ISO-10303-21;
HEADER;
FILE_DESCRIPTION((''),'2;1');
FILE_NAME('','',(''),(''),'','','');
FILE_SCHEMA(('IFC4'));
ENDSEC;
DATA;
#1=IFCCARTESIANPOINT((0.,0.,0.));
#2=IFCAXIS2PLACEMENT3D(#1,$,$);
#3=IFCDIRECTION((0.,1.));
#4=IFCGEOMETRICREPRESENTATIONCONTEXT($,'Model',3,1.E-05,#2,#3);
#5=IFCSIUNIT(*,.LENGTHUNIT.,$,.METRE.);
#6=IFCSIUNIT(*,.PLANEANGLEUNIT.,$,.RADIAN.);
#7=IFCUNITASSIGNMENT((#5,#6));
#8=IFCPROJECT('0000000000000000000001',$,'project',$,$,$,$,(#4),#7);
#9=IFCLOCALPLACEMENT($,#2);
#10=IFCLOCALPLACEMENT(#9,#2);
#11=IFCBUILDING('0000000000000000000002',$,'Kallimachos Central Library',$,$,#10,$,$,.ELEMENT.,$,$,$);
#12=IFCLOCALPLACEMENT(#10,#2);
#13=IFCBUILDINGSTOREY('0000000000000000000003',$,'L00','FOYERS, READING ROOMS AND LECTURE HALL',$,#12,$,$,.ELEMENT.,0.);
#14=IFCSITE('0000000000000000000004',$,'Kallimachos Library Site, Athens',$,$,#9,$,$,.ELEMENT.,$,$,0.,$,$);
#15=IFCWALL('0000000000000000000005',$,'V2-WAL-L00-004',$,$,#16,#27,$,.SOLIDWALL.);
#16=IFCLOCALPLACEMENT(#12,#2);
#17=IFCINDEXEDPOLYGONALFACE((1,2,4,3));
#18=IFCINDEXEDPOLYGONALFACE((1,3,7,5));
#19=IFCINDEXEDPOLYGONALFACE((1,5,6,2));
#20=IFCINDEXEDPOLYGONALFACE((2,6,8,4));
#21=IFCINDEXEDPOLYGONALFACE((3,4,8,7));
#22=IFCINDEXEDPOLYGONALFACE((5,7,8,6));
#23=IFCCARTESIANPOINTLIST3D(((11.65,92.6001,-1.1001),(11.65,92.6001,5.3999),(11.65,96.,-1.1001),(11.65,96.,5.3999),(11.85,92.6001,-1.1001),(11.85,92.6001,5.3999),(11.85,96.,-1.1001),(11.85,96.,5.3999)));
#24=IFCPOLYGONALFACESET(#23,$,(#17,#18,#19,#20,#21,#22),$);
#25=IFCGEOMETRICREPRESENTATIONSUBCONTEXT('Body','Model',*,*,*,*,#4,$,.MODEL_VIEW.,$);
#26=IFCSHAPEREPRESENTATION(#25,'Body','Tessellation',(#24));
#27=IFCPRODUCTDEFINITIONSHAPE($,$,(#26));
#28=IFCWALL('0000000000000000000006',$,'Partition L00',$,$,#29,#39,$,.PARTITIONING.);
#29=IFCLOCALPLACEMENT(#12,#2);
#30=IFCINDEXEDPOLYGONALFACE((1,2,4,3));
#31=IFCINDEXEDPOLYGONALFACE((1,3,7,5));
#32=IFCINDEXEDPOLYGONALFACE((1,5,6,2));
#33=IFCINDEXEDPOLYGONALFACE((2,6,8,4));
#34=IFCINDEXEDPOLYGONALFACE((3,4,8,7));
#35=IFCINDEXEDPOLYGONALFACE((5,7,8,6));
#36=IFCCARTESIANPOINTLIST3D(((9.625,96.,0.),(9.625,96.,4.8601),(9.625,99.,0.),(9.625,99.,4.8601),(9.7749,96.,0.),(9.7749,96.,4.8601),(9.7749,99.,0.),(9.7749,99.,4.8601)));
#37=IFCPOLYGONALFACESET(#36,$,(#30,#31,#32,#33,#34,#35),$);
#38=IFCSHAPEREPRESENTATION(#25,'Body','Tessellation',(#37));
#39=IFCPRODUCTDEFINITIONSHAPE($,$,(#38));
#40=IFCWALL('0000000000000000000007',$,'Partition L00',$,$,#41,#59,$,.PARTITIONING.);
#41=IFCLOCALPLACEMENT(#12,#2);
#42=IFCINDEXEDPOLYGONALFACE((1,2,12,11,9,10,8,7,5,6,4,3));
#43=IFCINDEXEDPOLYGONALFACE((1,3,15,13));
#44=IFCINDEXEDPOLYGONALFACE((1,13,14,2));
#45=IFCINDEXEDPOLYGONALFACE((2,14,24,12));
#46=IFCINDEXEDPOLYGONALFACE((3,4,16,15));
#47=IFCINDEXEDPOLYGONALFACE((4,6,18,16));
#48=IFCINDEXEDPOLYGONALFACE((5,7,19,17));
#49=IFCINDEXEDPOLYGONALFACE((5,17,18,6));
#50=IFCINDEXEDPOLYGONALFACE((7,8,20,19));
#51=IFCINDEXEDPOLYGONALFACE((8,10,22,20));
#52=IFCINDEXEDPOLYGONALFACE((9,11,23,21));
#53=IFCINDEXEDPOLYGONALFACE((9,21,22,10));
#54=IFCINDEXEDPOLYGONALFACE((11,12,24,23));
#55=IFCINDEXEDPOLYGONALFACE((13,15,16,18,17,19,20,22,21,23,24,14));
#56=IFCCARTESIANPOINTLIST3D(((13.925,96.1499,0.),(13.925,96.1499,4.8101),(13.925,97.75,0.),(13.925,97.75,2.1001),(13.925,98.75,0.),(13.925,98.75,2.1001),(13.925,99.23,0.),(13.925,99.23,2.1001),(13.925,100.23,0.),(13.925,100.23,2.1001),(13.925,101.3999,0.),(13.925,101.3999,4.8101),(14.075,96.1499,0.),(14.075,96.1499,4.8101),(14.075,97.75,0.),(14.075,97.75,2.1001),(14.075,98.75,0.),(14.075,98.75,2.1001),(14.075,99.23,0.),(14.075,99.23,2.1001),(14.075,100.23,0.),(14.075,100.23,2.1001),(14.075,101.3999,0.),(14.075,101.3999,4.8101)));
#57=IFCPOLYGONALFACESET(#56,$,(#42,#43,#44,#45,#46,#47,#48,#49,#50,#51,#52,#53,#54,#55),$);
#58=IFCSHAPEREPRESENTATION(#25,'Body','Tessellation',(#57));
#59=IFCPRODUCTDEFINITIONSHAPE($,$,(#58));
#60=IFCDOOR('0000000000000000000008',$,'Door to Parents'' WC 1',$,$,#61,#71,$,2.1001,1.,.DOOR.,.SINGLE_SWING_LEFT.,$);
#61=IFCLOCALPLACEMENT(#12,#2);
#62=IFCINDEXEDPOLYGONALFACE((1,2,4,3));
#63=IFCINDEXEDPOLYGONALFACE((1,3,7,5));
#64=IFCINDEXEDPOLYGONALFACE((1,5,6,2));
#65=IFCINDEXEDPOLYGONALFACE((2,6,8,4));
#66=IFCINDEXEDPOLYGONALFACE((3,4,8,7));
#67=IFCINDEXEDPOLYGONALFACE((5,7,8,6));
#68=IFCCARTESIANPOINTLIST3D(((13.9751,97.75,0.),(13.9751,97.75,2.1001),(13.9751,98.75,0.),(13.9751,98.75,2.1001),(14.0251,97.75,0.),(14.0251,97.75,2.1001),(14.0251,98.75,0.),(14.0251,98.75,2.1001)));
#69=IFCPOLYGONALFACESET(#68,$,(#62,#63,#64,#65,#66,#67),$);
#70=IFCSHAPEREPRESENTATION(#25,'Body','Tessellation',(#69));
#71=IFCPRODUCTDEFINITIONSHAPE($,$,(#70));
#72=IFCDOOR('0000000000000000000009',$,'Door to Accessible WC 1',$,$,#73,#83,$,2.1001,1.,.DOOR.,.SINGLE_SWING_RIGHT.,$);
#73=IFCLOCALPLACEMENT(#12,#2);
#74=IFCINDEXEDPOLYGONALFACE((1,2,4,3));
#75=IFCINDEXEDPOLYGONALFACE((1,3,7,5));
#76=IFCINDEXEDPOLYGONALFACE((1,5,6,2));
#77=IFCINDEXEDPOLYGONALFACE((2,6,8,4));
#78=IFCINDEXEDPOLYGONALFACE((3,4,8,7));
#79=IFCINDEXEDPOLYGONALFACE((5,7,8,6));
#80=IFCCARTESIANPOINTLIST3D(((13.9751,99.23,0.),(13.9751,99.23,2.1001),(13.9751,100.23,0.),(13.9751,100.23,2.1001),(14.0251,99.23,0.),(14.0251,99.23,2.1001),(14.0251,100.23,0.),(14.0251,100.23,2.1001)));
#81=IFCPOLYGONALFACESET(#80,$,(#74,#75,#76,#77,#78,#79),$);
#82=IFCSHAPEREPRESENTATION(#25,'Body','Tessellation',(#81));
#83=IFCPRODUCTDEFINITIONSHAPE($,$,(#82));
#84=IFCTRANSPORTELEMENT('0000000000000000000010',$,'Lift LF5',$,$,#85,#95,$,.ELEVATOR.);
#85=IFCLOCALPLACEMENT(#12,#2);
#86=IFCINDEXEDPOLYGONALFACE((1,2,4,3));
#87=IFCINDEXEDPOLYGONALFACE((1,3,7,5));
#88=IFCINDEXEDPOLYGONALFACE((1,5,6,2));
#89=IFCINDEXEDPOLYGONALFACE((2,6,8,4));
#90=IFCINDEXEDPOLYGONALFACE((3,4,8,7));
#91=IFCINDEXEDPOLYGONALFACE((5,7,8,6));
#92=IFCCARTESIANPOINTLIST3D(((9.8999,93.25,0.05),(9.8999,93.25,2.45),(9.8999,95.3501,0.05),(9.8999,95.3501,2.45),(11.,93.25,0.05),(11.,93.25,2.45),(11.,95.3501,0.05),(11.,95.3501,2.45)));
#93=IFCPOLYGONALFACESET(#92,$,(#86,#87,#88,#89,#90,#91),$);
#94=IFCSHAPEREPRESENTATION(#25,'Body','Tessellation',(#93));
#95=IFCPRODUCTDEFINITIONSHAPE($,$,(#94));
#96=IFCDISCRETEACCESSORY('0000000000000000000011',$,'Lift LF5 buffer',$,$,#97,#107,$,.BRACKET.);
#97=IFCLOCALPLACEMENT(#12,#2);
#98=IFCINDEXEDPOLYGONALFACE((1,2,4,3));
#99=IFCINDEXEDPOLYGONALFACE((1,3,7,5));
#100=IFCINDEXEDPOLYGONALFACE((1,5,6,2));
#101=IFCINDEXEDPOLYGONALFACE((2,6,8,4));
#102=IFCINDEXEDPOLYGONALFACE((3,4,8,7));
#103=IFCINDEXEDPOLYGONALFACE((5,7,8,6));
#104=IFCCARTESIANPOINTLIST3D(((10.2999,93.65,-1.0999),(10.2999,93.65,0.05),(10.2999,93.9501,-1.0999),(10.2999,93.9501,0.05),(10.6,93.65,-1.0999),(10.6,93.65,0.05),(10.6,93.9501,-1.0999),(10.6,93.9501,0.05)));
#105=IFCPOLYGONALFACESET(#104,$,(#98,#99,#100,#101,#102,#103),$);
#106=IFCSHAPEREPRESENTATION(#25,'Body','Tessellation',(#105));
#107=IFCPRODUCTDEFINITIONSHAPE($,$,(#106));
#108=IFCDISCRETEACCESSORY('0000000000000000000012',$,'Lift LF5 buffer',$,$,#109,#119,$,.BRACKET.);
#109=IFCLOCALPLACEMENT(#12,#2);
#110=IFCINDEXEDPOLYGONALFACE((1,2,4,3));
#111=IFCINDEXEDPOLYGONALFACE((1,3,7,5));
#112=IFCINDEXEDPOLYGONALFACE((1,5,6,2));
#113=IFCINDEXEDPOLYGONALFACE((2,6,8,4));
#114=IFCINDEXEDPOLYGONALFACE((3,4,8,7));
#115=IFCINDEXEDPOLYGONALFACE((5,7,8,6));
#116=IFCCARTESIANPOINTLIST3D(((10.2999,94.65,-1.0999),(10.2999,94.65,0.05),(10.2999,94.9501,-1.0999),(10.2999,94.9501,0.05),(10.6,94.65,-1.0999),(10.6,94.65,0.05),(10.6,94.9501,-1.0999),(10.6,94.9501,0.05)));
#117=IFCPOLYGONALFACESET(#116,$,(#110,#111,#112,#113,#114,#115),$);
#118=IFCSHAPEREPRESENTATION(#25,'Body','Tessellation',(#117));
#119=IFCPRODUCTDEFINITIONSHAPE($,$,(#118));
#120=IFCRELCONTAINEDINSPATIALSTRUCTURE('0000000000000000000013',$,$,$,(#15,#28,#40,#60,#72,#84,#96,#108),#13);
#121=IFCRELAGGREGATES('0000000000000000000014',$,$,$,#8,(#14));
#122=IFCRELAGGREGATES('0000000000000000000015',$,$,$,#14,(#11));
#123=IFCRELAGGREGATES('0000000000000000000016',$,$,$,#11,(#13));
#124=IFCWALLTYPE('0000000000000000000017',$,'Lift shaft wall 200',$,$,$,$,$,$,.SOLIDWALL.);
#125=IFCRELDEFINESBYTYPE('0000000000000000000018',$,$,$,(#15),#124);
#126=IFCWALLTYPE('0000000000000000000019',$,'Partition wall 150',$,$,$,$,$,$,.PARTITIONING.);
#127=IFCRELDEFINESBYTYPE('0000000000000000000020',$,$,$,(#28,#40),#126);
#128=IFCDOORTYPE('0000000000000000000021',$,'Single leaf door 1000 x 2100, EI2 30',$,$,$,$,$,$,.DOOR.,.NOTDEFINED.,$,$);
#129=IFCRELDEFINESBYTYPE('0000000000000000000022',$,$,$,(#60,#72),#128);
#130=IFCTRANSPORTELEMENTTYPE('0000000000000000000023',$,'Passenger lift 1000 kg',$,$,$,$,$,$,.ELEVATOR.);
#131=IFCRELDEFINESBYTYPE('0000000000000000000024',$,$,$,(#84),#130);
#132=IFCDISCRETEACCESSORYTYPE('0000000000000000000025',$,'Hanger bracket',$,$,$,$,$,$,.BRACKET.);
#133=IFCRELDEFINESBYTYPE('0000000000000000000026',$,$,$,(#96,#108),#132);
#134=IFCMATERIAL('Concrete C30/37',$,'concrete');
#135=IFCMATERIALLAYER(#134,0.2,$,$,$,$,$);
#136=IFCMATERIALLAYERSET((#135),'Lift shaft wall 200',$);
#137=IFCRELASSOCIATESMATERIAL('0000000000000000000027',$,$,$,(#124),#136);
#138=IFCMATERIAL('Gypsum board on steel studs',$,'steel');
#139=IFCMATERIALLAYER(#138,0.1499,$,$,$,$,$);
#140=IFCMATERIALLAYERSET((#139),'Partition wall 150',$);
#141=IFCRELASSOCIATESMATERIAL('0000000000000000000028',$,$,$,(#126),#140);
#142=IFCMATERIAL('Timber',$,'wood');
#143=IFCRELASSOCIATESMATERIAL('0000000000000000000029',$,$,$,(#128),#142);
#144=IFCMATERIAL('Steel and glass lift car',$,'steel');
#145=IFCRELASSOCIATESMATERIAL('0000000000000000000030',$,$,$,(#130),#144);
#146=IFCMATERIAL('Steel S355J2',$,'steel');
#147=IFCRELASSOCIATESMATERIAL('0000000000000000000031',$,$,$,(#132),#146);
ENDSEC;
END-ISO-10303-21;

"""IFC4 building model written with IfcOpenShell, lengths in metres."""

from ifc_helpers import new_model, si_unit, direction, frame, frame_2d, origin, origin_2d, place, context, subcontext, project, spatial, rectangle, extrude, material, layer, layer_set, type_object, element, fill, save


model = new_model("IFC4")

# Units and contexts
model_context = context("Model", 3, precision=1e-05, world=origin(), true_north=direction((0.0, 1.0)))
body_context = subcontext(model_context, "Body", "Model", "MODEL_VIEW")
ifc_project = project(units=[si_unit("LENGTHUNIT", "METRE"), si_unit("PLANEANGLEUNIT", "RADIAN")], contexts=[model_context])

# Site, building, storey
site_placement = place(None, origin())
site = spatial("IfcSite", under=ifc_project, at=site_placement, Name="Kallimachos Library Site, Athens", CompositionType="ELEMENT", RefElevation=0.0)
building_placement = place(site_placement, origin())
building = spatial("IfcBuilding", under=site, at=building_placement, Name="Kallimachos Central Library", CompositionType="ELEMENT")
storey_placement = place(building_placement, origin())
storey = spatial("IfcBuildingStorey", under=building, at=storey_placement, Name="L00", Description="FOYERS, READING ROOMS AND LECTURE HALL", CompositionType="ELEMENT", Elevation=0.0)

# Shared definitions
ifc_material_1 = material(Name="Concrete C30/37", Category="concrete")
ifc_layer_1 = layer(ifc_material_1, 0.2)
ifc_layer_set_1 = layer_set([ifc_layer_1], Name="Lift shaft wall 200")
wall_type_1 = type_object("IfcWallType", Name="Lift shaft wall 200", PredefinedType="SOLIDWALL", material=ifc_layer_set_1)

# Walls
for number, where, z_axis, x_axis, name in (
    (1, (11.75, 92.6001, -1.1001), (0.0, 0.0, 1.0), (0.0, 1.0, 0.0), "V2-WAL-L00-004"),
):
    element("IfcWall", number, at=place(storey_placement, frame(where, z_axis=z_axis, x_axis=x_axis)), inside=storey, type_object=wall_type_1, Name=name, PredefinedType="SOLIDWALL", context=body_context, shape_type="SweptSolid", body=[
        extrude(rectangle(XDim=3.3999, YDim=0.2, at=frame_2d((1.7, 0.0))), origin(), (0.0, 0.0, 1.0), 6.5),
    ])
ifc_material_2 = material(Name="Gypsum board on steel studs", Category="steel")
ifc_layer_2 = layer(ifc_material_2, 0.1499)
ifc_layer_set_2 = layer_set([ifc_layer_2], Name="Partition wall 150")
wall_type_2 = type_object("IfcWallType", Name="Partition wall 150", PredefinedType="PARTITIONING", material=ifc_layer_set_2)
wall_1_placement = place(storey_placement, frame((9.7, 96.0, 0.0), z_axis=(0.0, 0.0, 1.0), x_axis=(0.0, 1.0, 0.0)))
element("IfcWall", 2, at=wall_1_placement, inside=storey, type_object=wall_type_2, Name="Partition L00", PredefinedType="PARTITIONING", context=body_context, shape_type="SweptSolid", body=[
    extrude(rectangle(XDim=3.0, YDim=0.1499, at=frame_2d((1.5, 0.0))), origin(), (0.0, 0.0, 1.0), 4.8601),
])

# Wall, openings, doors
wall_2_placement = place(storey_placement, frame((14.0, 96.1499, 0.0), z_axis=(0.0, 0.0, 1.0), x_axis=(0.0, 1.0, 0.0)))
wall_2 = element("IfcWall", 3, at=wall_2_placement, inside=storey, type_object=wall_type_2, Name="Partition L00", PredefinedType="PARTITIONING", context=body_context, shape_type="SweptSolid", body=[
    extrude(rectangle(XDim=5.25, YDim=0.1499, at=frame_2d((2.625, 0.0))), origin(), (0.0, 0.0, 1.0), 4.8101),
])
opening_1_placement = place(wall_2_placement, frame((1.6001, 0.0, 0.0)))
opening_1 = element("IfcOpeningElement", 4, at=opening_1_placement, cuts=wall_2, PredefinedType="OPENING", context=body_context, shape_type="SweptSolid", body=[
    extrude(rectangle(XDim=1.0, YDim=2.1001, at=frame_2d((0.5, 1.05))), frame((0.0, 0.085, 0.0), z_axis=(0.0, -1.0, 0.0), x_axis=(1.0, 0.0, 0.0)), (0.0, 0.0, 1.0), 0.1699),
])
opening_2_placement = place(wall_2_placement, frame((3.0801, 0.0, 0.0)))
opening_2 = element("IfcOpeningElement", 5, at=opening_2_placement, cuts=wall_2, PredefinedType="OPENING", context=body_context, shape_type="SweptSolid", body=[
    extrude(rectangle(XDim=1.0, YDim=2.1001, at=frame_2d((0.5, 1.05))), frame((0.0, 0.085, 0.0), z_axis=(0.0, -1.0, 0.0), x_axis=(1.0, 0.0, 0.0)), (0.0, 0.0, 1.0), 0.1699),
])
ifc_material_3 = material(Name="Timber", Category="wood")
door_type_1 = type_object("IfcDoorType", Name="Single leaf door 1000 x 2100, EI2 30", OperationType="NOTDEFINED", PredefinedType="DOOR", material=ifc_material_3)
door_1_placement = place(opening_1_placement, origin())
door_1 = element("IfcDoor", 6, at=door_1_placement, inside=storey, type_object=door_type_1, Name="Door to Parents' WC 1", OperationType="SINGLE_SWING_LEFT", OverallHeight=2.1001, OverallWidth=1.0, PredefinedType="DOOR", context=body_context, shape_type="SweptSolid", body=[
    extrude(rectangle(XDim=1.0, YDim=2.1001, at=frame_2d((0.5, 1.05))), frame((0.0, 0.0249, 0.0), z_axis=(0.0, -1.0, 0.0), x_axis=(1.0, 0.0, 0.0)), (0.0, 0.0, 1.0), 0.05),
])
fill(opening_1, door_1)
door_2_placement = place(opening_2_placement, origin())
door_2 = element("IfcDoor", 7, at=door_2_placement, inside=storey, type_object=door_type_1, Name="Door to Accessible WC 1", OperationType="SINGLE_SWING_RIGHT", OverallHeight=2.1001, OverallWidth=1.0, PredefinedType="DOOR", context=body_context, shape_type="SweptSolid", body=[
    extrude(rectangle(XDim=1.0, YDim=2.1001, at=frame_2d((0.5, 1.05))), frame((0.0, 0.0249, 0.0), z_axis=(0.0, -1.0, 0.0), x_axis=(1.0, 0.0, 0.0)), (0.0, 0.0, 1.0), 0.05),
])
fill(opening_2, door_2)

# Transport element
ifc_material_4 = material(Name="Steel and glass lift car", Category="steel")
transport_element_type = type_object("IfcTransportElementType", Name="Passenger lift 1000 kg", PredefinedType="ELEVATOR", material=ifc_material_4)
transport_element_placement = place(storey_placement, frame((10.45, 94.3, 0.05), z_axis=(0.0, 0.0, 1.0), x_axis=(1.0, 0.0, 0.0)))
element("IfcTransportElement", 8, at=transport_element_placement, inside=storey, type_object=transport_element_type, Name="Lift LF5", PredefinedType="ELEVATOR", context=body_context, shape_type="SweptSolid", body=[
    extrude(rectangle(XDim=1.1001, YDim=2.1001, at=origin_2d()), origin(), (0.0, 0.0, 1.0), 2.3999),
])

# Discrete accessories
ifc_material_5 = material(Name="Steel S355J2", Category="steel")
discrete_accessory_type = type_object("IfcDiscreteAccessoryType", Name="Hanger bracket", PredefinedType="BRACKET", material=ifc_material_5)
for number, where, z_axis, x_axis, name in (
    (9, (10.45, 93.8, -1.0999), (0.0, 0.0, 1.0), (1.0, 0.0, 0.0), "Lift LF5 buffer"),
    (10, (10.45, 94.8, -1.0999), (0.0, 0.0, 1.0), (1.0, 0.0, 0.0), "Lift LF5 buffer"),
):
    element("IfcDiscreteAccessory", number, at=place(storey_placement, frame(where, z_axis=z_axis, x_axis=x_axis)), inside=storey, type_object=discrete_accessory_type, Name=name, PredefinedType="BRACKET", context=body_context, shape_type="SweptSolid", body=[
        extrude(rectangle(XDim=0.3, YDim=0.3, at=origin_2d()), origin(), (0.0, 0.0, 1.0), 1.1499),
    ])

save(model, "model.ifc")
